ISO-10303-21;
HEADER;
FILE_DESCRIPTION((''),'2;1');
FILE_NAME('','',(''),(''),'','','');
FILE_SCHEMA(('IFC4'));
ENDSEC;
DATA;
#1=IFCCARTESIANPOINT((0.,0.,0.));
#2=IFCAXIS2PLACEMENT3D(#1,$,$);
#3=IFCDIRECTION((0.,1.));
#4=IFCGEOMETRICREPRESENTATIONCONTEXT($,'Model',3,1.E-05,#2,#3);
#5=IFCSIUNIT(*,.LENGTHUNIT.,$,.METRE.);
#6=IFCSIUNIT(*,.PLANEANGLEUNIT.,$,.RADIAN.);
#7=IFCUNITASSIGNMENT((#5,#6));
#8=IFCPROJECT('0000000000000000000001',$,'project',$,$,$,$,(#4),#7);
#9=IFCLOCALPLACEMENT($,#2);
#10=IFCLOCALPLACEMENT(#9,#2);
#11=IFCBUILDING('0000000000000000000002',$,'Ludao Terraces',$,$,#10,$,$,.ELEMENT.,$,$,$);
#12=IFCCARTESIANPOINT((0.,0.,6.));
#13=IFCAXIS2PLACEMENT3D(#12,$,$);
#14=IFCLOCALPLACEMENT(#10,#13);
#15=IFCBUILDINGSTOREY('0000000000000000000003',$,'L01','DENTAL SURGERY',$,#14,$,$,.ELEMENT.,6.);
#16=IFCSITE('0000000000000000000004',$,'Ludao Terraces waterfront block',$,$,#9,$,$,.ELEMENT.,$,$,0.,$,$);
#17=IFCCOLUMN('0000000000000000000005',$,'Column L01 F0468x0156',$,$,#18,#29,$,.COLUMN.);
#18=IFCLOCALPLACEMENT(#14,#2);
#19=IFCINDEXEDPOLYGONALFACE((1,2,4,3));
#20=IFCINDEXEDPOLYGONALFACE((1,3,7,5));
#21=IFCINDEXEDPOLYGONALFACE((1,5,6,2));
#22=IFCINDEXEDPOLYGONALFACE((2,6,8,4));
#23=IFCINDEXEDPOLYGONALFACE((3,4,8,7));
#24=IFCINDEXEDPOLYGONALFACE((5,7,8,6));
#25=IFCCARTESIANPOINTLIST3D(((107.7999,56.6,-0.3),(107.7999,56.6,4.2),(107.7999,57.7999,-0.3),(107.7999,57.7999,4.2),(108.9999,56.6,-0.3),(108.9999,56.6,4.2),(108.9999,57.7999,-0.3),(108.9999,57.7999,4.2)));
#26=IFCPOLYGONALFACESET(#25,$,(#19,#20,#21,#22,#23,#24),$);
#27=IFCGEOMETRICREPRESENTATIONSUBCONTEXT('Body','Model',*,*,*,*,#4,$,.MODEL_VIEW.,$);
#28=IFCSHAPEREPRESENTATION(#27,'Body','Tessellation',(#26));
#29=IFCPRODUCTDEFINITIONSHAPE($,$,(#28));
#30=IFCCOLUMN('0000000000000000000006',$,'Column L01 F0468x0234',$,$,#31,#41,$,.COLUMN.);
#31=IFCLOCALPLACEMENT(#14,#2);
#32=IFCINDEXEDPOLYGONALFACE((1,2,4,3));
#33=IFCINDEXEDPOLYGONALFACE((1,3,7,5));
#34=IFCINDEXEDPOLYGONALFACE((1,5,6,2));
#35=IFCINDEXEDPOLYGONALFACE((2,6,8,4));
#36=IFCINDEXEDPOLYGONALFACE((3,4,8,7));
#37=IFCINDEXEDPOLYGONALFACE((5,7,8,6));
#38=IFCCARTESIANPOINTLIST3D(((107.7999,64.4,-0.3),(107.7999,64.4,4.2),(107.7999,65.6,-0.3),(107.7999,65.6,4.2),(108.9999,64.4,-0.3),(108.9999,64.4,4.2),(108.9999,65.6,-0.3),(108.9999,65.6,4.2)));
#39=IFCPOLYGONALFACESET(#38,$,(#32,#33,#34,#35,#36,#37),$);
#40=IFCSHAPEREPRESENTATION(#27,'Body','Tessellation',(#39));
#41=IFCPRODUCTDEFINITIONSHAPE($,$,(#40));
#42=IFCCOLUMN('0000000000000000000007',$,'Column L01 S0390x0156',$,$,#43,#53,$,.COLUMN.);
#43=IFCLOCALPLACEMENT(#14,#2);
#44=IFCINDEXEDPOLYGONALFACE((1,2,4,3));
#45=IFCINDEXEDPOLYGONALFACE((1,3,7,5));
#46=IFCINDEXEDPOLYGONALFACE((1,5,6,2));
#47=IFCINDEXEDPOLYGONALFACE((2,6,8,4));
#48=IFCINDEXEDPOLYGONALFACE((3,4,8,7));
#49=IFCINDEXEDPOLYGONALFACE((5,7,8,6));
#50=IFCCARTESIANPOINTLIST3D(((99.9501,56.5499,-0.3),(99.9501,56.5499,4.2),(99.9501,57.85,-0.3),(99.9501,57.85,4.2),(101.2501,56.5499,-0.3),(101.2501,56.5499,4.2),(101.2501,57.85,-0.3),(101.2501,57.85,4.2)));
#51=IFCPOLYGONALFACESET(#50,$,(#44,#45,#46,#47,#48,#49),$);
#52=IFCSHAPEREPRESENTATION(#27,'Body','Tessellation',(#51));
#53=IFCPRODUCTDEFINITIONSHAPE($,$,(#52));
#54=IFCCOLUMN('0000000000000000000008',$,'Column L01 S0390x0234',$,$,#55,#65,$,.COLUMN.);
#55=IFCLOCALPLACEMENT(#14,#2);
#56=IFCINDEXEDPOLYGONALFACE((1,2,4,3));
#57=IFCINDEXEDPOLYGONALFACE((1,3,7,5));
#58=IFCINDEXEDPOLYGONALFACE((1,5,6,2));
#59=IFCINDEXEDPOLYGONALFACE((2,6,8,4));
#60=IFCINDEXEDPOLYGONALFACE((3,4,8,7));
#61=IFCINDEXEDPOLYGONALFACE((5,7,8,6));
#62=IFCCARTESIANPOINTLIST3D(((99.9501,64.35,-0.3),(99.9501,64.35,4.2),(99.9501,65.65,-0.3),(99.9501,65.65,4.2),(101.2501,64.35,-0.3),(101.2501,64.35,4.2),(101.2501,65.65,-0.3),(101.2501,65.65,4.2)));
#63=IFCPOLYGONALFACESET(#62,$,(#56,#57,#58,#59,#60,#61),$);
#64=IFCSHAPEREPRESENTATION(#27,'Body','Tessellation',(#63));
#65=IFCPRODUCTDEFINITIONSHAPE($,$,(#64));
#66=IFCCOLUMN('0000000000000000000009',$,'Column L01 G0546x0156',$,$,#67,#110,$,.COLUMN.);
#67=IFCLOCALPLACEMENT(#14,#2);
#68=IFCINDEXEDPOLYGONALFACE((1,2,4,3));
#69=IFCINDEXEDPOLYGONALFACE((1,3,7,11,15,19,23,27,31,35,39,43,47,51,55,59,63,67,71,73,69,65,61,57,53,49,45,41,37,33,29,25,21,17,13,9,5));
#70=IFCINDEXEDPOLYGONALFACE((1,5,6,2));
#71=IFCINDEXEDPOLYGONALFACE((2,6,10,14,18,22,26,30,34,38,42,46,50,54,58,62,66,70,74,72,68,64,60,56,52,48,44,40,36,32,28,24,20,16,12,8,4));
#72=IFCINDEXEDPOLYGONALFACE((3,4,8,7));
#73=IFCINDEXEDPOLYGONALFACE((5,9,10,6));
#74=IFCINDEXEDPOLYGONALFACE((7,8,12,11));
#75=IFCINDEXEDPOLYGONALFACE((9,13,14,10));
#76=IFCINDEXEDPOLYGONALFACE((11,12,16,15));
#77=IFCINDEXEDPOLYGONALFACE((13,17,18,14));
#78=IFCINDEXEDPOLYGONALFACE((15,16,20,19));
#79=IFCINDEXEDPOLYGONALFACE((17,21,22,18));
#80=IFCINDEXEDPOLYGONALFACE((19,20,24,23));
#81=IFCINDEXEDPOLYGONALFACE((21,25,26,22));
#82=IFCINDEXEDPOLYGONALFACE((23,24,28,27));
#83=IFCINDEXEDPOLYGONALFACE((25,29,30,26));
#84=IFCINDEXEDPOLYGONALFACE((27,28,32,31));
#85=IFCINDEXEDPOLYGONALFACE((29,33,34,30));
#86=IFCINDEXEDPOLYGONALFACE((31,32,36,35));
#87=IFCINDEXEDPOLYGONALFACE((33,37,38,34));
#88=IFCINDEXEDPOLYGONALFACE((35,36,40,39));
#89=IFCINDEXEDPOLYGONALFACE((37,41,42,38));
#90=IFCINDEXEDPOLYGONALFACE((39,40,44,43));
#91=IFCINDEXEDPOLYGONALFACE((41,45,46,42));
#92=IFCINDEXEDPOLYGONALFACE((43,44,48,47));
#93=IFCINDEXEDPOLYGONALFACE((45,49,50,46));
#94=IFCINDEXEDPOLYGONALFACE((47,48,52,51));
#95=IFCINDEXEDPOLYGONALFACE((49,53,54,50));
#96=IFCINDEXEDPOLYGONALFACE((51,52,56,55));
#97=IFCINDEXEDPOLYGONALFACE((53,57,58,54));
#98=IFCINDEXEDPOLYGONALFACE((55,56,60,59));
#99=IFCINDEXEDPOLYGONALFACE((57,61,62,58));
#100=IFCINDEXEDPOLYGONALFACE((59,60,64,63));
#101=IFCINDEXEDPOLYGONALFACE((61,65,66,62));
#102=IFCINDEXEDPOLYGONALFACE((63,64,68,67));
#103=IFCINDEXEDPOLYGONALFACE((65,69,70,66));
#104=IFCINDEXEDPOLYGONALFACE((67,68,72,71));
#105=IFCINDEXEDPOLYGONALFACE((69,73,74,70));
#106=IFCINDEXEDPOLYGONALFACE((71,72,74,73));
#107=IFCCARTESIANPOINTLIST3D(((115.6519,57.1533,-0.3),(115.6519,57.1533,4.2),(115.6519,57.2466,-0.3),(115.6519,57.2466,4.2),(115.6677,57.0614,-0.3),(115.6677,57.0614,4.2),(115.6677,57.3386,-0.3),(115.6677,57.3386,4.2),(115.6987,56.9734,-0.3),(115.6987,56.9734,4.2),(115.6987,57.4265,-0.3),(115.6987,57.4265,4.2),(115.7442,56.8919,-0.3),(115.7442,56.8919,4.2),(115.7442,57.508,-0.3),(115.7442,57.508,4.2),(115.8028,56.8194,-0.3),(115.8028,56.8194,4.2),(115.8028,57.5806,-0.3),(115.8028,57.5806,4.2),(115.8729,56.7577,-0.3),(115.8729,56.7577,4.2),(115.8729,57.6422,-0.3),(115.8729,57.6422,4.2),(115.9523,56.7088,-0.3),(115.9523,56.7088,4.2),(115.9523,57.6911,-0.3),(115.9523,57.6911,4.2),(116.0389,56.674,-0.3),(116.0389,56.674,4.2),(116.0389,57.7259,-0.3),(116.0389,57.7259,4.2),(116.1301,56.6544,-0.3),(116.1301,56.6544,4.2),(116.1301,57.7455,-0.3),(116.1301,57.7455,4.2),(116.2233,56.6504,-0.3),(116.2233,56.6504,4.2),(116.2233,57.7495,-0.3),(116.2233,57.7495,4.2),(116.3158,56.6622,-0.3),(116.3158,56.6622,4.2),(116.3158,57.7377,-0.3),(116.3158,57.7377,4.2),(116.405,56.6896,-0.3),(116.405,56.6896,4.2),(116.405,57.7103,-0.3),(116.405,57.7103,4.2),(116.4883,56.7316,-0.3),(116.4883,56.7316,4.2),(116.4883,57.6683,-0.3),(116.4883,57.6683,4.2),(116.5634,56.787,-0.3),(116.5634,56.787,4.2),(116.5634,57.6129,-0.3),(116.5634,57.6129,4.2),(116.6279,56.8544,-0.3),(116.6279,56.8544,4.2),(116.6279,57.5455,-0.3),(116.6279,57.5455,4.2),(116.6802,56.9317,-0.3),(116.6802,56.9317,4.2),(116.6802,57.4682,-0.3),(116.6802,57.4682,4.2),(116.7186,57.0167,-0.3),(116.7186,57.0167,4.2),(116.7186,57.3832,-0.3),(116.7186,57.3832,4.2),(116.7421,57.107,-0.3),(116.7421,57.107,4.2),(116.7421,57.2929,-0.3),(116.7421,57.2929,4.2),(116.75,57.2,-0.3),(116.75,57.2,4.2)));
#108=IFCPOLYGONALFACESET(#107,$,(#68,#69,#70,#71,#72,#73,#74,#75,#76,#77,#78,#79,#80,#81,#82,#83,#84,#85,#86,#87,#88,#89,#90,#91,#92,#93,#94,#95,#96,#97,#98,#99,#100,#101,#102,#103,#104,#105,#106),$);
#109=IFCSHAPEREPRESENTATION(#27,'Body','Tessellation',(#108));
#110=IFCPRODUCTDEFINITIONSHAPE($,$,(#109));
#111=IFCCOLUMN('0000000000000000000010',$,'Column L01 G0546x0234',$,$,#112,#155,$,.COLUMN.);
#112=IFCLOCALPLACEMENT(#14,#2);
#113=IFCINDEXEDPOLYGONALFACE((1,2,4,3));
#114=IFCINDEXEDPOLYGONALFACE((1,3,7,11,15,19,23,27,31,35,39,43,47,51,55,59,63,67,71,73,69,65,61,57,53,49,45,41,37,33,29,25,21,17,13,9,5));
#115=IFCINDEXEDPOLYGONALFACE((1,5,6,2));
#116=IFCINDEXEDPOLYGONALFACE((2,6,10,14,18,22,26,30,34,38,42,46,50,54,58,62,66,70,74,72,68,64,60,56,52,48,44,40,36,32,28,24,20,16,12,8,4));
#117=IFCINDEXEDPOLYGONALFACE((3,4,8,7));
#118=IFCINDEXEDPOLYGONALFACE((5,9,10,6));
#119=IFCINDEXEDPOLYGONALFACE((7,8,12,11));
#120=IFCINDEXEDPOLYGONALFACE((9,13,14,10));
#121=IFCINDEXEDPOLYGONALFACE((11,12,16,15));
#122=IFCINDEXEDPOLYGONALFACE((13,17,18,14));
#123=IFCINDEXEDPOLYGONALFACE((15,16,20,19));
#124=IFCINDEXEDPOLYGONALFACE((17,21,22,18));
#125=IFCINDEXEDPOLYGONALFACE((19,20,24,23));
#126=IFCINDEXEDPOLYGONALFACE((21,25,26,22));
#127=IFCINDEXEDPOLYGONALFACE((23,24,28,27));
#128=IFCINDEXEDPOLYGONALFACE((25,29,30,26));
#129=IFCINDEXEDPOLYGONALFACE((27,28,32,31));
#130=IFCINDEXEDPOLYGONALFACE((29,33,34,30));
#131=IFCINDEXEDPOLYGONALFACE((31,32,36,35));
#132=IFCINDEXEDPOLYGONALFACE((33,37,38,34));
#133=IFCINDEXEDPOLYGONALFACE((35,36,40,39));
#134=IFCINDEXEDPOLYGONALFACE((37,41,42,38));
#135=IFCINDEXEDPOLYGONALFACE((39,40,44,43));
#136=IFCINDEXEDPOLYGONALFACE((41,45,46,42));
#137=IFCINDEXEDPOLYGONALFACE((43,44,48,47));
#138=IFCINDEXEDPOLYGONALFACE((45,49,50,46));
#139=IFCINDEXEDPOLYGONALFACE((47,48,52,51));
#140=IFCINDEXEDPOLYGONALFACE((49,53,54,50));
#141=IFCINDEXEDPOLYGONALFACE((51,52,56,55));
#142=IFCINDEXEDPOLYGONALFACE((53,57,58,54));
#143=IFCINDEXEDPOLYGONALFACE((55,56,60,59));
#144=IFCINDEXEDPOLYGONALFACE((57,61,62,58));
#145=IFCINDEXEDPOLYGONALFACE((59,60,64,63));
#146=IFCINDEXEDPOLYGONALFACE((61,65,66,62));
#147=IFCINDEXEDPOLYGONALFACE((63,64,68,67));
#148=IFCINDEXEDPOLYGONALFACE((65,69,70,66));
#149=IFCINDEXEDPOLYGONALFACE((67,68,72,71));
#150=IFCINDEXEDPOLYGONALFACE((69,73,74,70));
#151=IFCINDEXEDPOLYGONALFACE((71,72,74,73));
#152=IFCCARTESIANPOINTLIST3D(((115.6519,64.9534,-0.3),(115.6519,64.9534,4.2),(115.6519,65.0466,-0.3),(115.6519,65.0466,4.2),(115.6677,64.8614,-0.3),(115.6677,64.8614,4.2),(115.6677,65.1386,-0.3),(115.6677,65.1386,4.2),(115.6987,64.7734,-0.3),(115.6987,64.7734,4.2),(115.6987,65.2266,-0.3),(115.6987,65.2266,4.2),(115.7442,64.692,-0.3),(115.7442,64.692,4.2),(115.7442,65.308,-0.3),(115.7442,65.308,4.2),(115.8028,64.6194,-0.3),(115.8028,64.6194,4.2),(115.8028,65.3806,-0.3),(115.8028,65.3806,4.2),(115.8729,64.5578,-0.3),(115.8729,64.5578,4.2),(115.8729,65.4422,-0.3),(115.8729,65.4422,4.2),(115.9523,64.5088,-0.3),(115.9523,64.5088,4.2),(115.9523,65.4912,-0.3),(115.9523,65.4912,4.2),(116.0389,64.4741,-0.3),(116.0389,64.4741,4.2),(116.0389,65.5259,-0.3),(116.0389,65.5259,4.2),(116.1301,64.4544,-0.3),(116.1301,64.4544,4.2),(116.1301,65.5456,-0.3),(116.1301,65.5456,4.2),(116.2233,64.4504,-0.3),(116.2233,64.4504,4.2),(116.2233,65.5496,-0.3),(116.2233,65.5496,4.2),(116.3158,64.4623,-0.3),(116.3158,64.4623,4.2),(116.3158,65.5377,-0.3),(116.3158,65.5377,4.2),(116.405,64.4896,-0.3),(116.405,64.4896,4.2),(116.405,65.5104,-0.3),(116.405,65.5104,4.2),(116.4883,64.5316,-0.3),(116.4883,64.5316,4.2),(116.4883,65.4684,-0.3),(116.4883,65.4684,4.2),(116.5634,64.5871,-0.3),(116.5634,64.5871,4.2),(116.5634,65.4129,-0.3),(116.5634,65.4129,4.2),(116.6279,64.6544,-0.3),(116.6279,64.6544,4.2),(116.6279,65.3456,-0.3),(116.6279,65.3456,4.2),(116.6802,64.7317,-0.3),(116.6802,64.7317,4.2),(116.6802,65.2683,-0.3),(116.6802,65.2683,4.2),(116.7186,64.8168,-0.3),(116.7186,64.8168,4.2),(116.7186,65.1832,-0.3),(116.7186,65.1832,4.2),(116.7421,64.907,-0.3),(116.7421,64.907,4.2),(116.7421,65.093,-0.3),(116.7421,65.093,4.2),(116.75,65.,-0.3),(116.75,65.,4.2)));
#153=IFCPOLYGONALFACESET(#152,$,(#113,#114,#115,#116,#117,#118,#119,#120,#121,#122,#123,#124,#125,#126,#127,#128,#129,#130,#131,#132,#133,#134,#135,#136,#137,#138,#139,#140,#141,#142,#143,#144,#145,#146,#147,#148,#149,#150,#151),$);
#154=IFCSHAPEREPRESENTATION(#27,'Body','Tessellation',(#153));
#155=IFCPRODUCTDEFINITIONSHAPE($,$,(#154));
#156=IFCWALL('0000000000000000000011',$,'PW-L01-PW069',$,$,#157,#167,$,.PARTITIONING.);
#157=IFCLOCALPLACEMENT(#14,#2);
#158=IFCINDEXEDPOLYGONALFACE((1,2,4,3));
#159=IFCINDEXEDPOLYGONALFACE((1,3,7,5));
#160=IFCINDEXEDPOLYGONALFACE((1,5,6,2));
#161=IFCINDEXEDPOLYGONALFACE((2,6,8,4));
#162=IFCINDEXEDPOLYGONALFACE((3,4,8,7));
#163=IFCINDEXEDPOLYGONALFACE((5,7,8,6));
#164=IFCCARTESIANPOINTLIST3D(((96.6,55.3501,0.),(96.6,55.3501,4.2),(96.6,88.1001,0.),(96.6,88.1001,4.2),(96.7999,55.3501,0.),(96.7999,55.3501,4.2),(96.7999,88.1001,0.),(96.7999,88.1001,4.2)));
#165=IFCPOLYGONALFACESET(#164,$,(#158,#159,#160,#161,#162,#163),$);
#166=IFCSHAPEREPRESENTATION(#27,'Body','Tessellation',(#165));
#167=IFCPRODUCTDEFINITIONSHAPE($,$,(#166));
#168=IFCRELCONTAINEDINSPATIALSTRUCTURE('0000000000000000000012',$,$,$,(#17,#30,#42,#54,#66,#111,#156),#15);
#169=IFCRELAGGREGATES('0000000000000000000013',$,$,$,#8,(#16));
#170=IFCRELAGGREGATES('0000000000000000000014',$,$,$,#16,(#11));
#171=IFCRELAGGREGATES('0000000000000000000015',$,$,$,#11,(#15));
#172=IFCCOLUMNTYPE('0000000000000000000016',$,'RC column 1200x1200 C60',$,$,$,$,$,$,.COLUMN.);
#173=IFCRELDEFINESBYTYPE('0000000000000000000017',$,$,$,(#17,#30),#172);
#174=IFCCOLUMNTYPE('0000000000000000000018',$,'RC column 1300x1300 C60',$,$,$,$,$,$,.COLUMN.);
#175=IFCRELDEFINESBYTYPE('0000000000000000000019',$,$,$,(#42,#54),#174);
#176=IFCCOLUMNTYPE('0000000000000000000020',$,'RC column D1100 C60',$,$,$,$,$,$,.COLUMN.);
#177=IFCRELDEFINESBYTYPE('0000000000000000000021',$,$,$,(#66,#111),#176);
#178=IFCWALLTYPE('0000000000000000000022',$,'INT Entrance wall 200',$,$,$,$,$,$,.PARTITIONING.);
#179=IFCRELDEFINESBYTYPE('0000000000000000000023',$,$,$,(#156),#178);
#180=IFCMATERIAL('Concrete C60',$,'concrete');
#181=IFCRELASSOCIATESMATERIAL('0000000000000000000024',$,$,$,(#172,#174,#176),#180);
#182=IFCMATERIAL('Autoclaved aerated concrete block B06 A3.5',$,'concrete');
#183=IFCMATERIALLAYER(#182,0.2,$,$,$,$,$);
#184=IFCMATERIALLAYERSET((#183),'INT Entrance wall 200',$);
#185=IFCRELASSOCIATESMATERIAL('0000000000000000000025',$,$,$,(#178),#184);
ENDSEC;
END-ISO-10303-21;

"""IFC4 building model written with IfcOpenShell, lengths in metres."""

from ifc_helpers import new_model, si_unit, direction, frame, frame_2d, origin, origin_2d, place, context, subcontext, project, spatial, rectangle, circle, extrude, material, layer, layer_set, material_profile, profile_set, type_object, element, save


model = new_model("IFC4")

# Units and contexts
model_context = context("Model", 3, precision=1e-05, world=origin(), true_north=direction((0.0, 1.0)))
body_context = subcontext(model_context, "Body", "Model", "MODEL_VIEW")
ifc_project = project(units=[si_unit("LENGTHUNIT", "METRE"), si_unit("PLANEANGLEUNIT", "RADIAN")], contexts=[model_context])

# Site, building, storey
site_placement = place(None, origin())
site = spatial("IfcSite", under=ifc_project, at=site_placement, Name="Ludao Terraces waterfront block", CompositionType="ELEMENT", RefElevation=0.0)
building_placement = place(site_placement, origin())
building = spatial("IfcBuilding", under=site, at=building_placement, Name="Ludao Terraces", CompositionType="ELEMENT")
storey_placement = place(building_placement, frame((0.0, 0.0, 6.0)))
storey = spatial("IfcBuildingStorey", under=building, at=storey_placement, Name="L01", Description="DENTAL SURGERY", CompositionType="ELEMENT", Elevation=6.0)

# Columns
ifc_material_1 = material(Name="Concrete C60", Category="concrete")
ifc_material_profile_1 = material_profile(ifc_material_1, rectangle(XDim=1.2, YDim=1.2, at=origin_2d()), Name="1200 X 1200")
ifc_profile_set_1 = profile_set([ifc_material_profile_1], Name="Concrete C60")
column_type_1 = type_object("IfcColumnType", Name="RC column 1200x1200 C60", PredefinedType="COLUMN", material=ifc_profile_set_1)
for number, where, z_axis, x_axis, name in (
    (1, (108.3999, 57.2, -0.3), (0.0, 0.0, 1.0), (1.0, 0.0, 0.0), "Column L01 F0468x0156"),
    (2, (108.3999, 65.0, -0.3), (0.0, 0.0, 1.0), (1.0, 0.0, 0.0), "Column L01 F0468x0234"),
):
    element("IfcColumn", number, at=place(storey_placement, frame(where, z_axis=z_axis, x_axis=x_axis)), inside=storey, type_object=column_type_1, Name=name, PredefinedType="COLUMN", context=body_context, shape_type="SweptSolid", body=[
        extrude(rectangle(XDim=1.2, YDim=1.2, at=origin_2d()), origin(), (0.0, 0.0, 1.0), 4.5),
    ])
ifc_material_profile_2 = material_profile(ifc_material_1, rectangle(XDim=1.3, YDim=1.3, at=origin_2d()), Name="1300 X 1300")
ifc_profile_set_2 = profile_set([ifc_material_profile_2], Name="Concrete C60")
column_type_2 = type_object("IfcColumnType", Name="RC column 1300x1300 C60", PredefinedType="COLUMN", material=ifc_profile_set_2)
for number, where, z_axis, x_axis, name in (
    (3, (100.6001, 57.2, -0.3), (0.0, 0.0, 1.0), (1.0, 0.0, 0.0), "Column L01 S0390x0156"),
    (4, (100.6001, 65.0, -0.3), (0.0, 0.0, 1.0), (1.0, 0.0, 0.0), "Column L01 S0390x0234"),
):
    element("IfcColumn", number, at=place(storey_placement, frame(where, z_axis=z_axis, x_axis=x_axis)), inside=storey, type_object=column_type_2, Name=name, PredefinedType="COLUMN", context=body_context, shape_type="SweptSolid", body=[
        extrude(rectangle(XDim=1.3, YDim=1.3, at=origin_2d()), origin(), (0.0, 0.0, 1.0), 4.5),
    ])
ifc_material_profile_3 = material_profile(ifc_material_1, circle(Radius=0.55, at=origin_2d()), Name="D1100")
ifc_profile_set_3 = profile_set([ifc_material_profile_3], Name="Concrete C60")
column_type_3 = type_object("IfcColumnType", Name="RC column D1100 C60", PredefinedType="COLUMN", material=ifc_profile_set_3)
for number, where, z_axis, x_axis, name in (
    (5, (116.2, 57.2, -0.3), (0.0, 0.0, 1.0), (1.0, 0.0, 0.0), "Column L01 G0546x0156"),
    (6, (116.2, 65.0, -0.3), (0.0, 0.0, 1.0), (1.0, 0.0, 0.0), "Column L01 G0546x0234"),
):
    element("IfcColumn", number, at=place(storey_placement, frame(where, z_axis=z_axis, x_axis=x_axis)), inside=storey, type_object=column_type_3, Name=name, PredefinedType="COLUMN", context=body_context, shape_type="SweptSolid", body=[
        extrude(circle(Radius=0.55, at=origin_2d()), origin(), (0.0, 0.0, 1.0), 4.5),
    ])

# Wall
ifc_material_2 = material(Name="Autoclaved aerated concrete block B06 A3.5", Category="concrete")
ifc_layer_1 = layer(ifc_material_2, 0.2)
ifc_layer_set_1 = layer_set([ifc_layer_1], Name="INT Entrance wall 200")
wall_type_1 = type_object("IfcWallType", Name="INT Entrance wall 200", PredefinedType="PARTITIONING", material=ifc_layer_set_1)
wall_1_placement = place(storey_placement, frame((96.7, 55.3501, 0.0), z_axis=(0.0, 0.0, 1.0), x_axis=(0.0, 1.0, 0.0)))
element("IfcWall", 7, at=wall_1_placement, inside=storey, type_object=wall_type_1, Name="PW-L01-PW069", PredefinedType="PARTITIONING", context=body_context, shape_type="SweptSolid", body=[
    extrude(rectangle(XDim=32.75, YDim=0.2, at=frame_2d((16.375, 0.0))), origin(), (0.0, 0.0, 1.0), 4.2),
])

save(model, "model.ifc")
